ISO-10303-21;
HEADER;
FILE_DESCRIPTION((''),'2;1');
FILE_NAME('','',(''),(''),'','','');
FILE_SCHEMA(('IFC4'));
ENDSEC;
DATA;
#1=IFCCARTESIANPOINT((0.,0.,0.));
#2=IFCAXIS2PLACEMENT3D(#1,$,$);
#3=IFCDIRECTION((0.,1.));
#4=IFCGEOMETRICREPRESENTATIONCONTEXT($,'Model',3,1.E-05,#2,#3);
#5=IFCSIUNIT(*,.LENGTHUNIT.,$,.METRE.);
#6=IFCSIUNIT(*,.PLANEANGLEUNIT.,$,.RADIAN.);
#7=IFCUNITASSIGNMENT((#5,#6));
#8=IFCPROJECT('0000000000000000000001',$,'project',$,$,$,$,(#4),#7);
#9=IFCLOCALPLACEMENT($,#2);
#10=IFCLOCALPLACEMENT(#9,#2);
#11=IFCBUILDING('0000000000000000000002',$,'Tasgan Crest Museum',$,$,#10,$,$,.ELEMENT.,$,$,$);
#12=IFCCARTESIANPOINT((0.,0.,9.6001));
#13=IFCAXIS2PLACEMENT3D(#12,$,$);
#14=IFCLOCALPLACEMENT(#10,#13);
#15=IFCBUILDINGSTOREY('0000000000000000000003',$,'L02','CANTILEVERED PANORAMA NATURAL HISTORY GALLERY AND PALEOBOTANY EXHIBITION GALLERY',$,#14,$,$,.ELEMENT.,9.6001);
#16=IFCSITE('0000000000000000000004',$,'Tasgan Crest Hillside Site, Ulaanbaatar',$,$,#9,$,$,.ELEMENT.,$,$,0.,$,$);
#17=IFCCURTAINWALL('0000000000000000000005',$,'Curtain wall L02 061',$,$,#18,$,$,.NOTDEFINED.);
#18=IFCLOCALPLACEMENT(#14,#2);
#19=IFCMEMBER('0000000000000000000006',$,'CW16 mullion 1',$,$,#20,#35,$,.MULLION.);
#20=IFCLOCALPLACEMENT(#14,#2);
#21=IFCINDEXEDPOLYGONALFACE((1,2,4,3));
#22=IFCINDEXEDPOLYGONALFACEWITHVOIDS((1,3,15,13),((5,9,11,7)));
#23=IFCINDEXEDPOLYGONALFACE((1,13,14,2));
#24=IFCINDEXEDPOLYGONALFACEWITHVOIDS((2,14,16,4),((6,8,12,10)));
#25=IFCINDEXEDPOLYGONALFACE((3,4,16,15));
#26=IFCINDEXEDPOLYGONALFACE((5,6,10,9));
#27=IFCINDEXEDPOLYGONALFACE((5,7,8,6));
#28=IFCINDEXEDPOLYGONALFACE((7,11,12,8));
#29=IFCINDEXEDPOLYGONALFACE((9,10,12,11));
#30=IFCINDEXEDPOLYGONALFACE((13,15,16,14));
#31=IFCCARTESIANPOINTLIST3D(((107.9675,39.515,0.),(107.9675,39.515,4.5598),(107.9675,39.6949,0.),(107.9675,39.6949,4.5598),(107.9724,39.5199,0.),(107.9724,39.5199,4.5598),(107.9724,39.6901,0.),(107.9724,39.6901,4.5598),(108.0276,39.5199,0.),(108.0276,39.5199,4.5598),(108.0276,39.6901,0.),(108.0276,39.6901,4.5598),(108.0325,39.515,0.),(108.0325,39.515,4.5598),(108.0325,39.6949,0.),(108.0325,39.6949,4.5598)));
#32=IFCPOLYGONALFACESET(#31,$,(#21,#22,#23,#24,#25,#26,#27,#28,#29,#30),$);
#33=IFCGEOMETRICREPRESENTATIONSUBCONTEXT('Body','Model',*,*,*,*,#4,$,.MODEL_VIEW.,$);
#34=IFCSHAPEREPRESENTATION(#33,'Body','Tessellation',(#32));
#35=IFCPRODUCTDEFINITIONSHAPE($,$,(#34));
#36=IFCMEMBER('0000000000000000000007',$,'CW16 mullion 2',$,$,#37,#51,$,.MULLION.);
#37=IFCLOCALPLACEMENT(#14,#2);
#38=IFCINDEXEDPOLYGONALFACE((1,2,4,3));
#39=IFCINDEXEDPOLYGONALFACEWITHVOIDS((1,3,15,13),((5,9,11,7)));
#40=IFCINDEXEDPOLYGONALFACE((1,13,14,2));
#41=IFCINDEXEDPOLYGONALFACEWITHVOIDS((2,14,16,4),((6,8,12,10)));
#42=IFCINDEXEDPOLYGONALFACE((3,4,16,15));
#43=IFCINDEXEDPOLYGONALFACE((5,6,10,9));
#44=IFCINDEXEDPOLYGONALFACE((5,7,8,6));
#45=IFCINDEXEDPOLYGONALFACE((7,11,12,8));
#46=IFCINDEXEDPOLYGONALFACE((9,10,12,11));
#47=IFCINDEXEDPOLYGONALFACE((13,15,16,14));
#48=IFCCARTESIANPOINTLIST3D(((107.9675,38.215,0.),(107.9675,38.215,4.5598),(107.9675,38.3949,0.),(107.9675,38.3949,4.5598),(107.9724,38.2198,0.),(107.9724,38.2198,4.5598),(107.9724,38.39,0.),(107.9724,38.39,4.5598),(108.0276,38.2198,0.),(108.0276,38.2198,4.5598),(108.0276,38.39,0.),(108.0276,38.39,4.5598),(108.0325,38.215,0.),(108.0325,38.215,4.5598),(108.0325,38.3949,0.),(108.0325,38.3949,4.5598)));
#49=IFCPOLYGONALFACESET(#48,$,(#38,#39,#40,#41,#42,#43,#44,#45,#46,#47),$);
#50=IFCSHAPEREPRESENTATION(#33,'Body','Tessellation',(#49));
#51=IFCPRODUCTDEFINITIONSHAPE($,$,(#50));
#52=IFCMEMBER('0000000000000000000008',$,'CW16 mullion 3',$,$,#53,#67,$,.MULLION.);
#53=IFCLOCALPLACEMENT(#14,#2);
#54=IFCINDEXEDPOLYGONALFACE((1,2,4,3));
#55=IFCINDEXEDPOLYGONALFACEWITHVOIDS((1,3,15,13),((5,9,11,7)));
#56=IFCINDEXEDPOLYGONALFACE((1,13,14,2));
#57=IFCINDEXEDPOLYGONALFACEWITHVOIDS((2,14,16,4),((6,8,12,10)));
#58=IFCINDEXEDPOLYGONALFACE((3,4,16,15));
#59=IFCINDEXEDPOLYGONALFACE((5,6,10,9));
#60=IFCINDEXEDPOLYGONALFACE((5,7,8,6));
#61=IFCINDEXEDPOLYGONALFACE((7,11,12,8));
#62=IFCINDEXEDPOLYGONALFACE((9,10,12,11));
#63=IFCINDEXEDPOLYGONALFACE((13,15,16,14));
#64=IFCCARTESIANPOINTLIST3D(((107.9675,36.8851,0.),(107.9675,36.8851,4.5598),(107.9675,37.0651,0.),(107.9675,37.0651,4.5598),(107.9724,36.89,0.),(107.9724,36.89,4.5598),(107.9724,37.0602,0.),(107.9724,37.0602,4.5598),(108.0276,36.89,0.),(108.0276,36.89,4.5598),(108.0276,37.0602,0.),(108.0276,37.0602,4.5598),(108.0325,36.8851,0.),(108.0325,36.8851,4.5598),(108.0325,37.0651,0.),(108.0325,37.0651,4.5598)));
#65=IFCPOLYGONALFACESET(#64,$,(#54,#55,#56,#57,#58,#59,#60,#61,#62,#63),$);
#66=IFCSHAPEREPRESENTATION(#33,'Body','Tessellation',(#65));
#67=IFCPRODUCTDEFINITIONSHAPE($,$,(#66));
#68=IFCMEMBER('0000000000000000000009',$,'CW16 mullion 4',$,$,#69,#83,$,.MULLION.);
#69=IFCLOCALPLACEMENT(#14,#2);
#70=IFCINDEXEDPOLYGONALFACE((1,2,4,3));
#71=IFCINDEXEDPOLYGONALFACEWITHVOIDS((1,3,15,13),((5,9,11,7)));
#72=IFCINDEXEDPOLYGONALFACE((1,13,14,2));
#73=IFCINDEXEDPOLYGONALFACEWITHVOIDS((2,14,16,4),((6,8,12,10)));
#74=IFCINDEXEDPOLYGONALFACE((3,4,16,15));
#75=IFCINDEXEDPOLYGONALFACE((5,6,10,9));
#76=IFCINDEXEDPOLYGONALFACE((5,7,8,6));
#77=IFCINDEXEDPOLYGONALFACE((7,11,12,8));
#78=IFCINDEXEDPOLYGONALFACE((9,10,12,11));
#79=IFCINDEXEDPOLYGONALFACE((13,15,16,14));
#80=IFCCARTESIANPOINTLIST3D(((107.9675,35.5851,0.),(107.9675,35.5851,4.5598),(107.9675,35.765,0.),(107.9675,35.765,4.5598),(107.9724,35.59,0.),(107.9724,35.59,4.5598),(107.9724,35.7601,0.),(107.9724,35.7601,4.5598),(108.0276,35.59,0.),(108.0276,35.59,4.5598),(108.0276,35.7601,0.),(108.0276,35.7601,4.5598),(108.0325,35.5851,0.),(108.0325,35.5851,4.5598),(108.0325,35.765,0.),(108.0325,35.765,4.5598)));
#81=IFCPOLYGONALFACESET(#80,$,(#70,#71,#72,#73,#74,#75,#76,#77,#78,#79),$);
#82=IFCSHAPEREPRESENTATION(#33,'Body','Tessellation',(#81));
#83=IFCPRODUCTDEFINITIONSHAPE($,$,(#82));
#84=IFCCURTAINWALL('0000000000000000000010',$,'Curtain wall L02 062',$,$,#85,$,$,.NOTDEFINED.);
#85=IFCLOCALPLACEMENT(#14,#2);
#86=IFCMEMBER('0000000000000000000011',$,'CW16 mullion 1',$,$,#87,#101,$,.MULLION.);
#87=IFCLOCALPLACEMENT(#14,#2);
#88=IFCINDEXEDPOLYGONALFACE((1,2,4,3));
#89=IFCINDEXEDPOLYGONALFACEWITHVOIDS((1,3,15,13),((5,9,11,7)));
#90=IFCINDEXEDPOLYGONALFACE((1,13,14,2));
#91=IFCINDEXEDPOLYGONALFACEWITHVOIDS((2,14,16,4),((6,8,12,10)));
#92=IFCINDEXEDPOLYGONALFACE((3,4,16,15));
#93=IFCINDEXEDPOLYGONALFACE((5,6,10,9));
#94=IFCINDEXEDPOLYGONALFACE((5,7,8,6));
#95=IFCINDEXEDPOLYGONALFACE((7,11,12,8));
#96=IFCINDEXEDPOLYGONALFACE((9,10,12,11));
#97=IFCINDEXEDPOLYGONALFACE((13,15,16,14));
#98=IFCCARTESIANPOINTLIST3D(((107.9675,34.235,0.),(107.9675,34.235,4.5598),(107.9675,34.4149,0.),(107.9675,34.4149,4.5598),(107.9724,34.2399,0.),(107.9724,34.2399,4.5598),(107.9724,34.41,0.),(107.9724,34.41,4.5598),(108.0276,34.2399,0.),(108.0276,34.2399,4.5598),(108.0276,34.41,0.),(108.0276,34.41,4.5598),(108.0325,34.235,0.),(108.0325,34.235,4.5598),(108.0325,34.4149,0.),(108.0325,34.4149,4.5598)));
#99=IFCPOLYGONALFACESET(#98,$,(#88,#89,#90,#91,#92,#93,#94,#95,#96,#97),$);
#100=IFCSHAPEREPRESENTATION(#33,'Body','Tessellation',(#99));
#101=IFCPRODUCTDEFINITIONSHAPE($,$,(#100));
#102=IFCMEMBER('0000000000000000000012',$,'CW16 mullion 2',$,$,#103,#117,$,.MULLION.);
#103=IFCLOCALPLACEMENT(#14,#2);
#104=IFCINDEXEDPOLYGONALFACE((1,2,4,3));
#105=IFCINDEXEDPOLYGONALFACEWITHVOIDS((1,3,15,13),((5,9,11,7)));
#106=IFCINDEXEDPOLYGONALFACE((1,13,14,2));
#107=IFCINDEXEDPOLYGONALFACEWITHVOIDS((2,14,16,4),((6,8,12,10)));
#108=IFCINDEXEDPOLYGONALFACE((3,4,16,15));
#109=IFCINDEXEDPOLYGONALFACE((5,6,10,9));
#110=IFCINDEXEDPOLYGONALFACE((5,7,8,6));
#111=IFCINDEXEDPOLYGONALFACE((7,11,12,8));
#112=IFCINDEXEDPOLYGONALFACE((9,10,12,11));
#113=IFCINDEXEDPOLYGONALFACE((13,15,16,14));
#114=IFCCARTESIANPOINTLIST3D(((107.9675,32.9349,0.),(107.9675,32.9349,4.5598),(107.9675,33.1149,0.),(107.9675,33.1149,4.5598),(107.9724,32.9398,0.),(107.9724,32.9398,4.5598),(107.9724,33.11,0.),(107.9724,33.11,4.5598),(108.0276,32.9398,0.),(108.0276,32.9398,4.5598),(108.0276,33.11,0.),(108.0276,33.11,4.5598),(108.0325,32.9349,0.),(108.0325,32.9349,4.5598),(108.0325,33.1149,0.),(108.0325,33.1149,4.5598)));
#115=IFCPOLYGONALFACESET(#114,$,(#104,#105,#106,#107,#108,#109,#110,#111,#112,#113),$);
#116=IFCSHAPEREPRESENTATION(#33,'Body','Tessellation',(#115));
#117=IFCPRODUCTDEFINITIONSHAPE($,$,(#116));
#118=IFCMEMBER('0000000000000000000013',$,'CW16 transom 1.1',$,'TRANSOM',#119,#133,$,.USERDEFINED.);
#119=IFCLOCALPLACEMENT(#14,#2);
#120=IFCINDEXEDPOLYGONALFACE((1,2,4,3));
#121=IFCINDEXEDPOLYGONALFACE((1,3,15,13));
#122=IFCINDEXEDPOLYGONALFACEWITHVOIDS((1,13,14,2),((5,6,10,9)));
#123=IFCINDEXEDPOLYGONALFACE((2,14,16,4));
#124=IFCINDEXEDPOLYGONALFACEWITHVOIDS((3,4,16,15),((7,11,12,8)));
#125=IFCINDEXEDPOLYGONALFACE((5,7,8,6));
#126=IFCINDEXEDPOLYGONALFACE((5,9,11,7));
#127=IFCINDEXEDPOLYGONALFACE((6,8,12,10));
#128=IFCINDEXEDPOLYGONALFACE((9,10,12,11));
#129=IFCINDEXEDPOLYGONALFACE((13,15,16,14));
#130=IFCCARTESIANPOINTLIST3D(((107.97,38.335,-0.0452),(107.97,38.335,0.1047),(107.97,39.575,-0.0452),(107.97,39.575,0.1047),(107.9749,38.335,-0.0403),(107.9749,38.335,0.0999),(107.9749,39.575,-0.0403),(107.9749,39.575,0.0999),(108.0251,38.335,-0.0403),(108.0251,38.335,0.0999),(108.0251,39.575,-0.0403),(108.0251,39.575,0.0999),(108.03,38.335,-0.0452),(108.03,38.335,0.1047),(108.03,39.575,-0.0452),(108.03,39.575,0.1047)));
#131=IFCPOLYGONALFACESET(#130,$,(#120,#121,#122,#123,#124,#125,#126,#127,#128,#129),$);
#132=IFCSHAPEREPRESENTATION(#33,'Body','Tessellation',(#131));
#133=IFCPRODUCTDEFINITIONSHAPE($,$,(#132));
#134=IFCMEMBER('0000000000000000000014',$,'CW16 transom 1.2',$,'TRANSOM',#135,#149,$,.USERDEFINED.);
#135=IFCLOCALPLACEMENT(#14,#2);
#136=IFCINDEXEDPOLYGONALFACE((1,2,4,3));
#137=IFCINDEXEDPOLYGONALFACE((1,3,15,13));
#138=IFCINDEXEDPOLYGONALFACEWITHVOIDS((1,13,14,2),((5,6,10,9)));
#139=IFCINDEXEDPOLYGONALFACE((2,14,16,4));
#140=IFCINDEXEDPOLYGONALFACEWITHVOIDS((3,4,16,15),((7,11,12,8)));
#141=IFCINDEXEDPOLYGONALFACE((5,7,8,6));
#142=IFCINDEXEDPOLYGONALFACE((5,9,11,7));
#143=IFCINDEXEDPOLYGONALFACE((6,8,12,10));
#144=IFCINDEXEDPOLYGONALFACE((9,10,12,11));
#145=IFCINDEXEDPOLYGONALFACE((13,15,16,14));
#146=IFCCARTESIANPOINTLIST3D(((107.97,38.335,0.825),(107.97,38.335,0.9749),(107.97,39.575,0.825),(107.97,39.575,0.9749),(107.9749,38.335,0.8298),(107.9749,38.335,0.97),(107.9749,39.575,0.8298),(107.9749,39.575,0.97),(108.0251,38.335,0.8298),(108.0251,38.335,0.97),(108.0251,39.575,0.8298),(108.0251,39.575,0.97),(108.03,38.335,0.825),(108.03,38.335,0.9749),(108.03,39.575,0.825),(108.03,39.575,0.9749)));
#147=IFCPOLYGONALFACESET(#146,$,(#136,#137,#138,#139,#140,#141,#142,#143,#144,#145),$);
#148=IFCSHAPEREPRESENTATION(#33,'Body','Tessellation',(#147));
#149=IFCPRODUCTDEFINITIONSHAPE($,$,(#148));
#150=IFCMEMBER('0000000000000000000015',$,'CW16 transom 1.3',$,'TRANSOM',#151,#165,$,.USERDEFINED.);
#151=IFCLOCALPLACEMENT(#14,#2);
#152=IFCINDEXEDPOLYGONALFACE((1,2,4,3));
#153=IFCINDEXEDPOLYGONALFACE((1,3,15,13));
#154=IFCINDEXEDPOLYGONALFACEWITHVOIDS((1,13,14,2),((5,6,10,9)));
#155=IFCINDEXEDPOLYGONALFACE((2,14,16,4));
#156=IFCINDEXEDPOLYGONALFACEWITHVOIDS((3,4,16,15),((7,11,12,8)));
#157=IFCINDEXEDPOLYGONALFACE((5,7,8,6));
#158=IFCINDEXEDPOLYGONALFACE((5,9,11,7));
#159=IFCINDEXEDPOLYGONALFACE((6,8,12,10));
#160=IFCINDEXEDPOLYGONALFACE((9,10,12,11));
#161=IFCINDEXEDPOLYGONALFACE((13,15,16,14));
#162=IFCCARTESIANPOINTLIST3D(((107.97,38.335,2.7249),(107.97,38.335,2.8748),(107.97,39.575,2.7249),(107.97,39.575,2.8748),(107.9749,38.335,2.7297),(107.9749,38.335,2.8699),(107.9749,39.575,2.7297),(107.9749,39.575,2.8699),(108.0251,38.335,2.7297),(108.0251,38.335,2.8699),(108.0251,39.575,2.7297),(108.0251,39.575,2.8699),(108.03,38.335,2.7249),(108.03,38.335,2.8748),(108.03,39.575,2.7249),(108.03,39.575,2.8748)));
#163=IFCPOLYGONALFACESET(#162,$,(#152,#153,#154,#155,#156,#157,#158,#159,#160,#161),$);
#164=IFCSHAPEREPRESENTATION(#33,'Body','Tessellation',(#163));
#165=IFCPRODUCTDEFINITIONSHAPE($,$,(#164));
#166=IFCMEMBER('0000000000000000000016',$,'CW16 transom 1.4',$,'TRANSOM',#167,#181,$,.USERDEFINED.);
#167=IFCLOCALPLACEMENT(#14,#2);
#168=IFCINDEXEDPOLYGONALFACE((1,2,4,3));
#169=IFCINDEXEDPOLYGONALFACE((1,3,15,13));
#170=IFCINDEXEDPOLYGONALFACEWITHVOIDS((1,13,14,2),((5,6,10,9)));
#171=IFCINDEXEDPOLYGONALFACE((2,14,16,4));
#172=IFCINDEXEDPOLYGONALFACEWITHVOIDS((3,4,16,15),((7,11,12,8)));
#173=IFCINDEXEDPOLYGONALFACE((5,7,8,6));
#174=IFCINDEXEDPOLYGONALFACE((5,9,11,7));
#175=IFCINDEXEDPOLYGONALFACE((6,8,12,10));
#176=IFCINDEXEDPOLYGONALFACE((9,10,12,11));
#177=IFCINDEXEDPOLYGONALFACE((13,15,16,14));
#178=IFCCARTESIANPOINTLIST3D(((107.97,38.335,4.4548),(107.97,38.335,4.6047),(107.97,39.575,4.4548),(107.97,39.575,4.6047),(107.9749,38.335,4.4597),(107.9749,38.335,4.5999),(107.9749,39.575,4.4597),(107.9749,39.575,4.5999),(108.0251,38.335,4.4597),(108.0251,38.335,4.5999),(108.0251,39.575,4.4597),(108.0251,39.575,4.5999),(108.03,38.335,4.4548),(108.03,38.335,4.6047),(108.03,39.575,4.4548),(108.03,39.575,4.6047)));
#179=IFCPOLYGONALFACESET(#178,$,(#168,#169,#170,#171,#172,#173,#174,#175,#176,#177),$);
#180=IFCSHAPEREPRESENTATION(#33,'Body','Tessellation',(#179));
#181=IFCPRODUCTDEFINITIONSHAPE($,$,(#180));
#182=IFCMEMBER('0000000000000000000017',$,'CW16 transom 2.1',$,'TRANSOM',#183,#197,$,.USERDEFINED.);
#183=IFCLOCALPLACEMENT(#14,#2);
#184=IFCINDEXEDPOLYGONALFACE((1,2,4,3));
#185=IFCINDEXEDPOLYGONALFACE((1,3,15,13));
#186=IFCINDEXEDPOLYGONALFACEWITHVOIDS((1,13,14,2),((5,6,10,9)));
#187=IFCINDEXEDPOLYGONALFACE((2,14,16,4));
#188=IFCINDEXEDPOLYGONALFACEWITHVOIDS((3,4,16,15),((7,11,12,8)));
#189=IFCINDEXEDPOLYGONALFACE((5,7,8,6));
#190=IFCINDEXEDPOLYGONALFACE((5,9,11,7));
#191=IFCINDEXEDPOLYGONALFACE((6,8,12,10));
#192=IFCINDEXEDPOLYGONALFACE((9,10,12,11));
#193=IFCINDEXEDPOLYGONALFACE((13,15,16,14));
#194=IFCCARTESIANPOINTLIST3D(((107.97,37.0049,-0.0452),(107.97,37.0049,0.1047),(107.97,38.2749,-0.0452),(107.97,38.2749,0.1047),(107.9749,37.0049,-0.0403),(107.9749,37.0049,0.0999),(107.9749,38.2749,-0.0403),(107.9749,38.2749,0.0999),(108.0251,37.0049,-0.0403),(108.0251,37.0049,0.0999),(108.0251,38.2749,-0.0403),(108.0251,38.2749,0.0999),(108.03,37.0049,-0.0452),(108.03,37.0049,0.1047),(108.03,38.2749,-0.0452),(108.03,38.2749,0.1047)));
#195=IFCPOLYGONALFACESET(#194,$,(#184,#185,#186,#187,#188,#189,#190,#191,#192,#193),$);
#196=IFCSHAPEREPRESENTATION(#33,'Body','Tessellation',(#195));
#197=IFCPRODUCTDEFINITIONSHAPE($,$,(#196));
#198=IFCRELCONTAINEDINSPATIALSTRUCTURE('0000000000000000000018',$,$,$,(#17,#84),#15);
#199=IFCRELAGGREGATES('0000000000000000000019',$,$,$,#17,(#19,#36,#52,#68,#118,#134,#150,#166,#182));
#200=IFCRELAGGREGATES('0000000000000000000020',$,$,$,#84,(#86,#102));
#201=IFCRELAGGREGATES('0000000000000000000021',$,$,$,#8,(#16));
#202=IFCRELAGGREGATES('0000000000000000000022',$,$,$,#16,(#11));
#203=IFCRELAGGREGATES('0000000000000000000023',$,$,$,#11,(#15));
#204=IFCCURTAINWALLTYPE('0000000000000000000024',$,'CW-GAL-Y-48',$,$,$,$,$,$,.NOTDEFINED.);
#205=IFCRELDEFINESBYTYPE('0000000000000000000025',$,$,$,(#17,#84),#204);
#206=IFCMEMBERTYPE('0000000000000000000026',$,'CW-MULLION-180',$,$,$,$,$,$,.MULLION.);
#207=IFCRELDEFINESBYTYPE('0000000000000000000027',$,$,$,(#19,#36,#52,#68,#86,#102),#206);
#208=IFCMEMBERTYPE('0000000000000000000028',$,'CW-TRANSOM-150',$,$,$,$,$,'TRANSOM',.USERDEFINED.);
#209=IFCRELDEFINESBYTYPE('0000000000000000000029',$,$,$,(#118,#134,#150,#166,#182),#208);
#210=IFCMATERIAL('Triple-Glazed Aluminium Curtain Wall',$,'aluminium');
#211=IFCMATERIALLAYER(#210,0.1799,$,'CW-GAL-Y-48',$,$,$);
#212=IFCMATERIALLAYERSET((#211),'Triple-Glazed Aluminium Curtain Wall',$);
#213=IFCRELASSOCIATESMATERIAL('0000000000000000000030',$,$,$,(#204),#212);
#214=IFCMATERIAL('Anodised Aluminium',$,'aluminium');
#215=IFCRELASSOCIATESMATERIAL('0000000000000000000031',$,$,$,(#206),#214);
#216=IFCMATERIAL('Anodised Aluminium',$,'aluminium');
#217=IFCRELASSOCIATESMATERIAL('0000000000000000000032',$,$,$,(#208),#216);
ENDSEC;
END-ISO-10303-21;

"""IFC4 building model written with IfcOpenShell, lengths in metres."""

from ifc_helpers import new_model, si_unit, direction, frame, origin, origin_2d, place, context, subcontext, project, spatial, hollow_rectangle, extrude, material, layer, layer_set, material_profile, profile_set, type_object, element, aggregate, save


model = new_model("IFC4")

# Units and contexts
model_context = context("Model", 3, precision=1e-05, world=origin(), true_north=direction((0.0, 1.0)))
body_context = subcontext(model_context, "Body", "Model", "MODEL_VIEW")
ifc_project = project(units=[si_unit("LENGTHUNIT", "METRE"), si_unit("PLANEANGLEUNIT", "RADIAN")], contexts=[model_context])

# Site, building, storey
site_placement = place(None, origin())
site = spatial("IfcSite", under=ifc_project, at=site_placement, Name="Tasgan Crest Hillside Site, Ulaanbaatar", CompositionType="ELEMENT", RefElevation=0.0)
building_placement = place(site_placement, origin())
building = spatial("IfcBuilding", under=site, at=building_placement, Name="Tasgan Crest Museum", CompositionType="ELEMENT")
storey_placement = place(building_placement, frame((0.0, 0.0, 9.6001)))
storey = spatial("IfcBuildingStorey", under=building, at=storey_placement, Name="L02", Description="CANTILEVERED PANORAMA NATURAL HISTORY GALLERY AND PALEOBOTANY EXHIBITION GALLERY", CompositionType="ELEMENT", Elevation=9.6001)

# Curtain walls, members
ifc_material_1 = material(Name="Triple-Glazed Aluminium Curtain Wall", Category="aluminium")
ifc_layer_1 = layer(ifc_material_1, 0.1799, Name="CW-GAL-Y-48")
ifc_layer_set_1 = layer_set([ifc_layer_1], Name="Triple-Glazed Aluminium Curtain Wall")
curtain_wall_type = type_object("IfcCurtainWallType", Name="CW-GAL-Y-48", PredefinedType="NOTDEFINED", material=ifc_layer_set_1)
curtain_wall_1_placement = place(storey_placement, origin())
curtain_wall_1 = element("IfcCurtainWall", 1, at=curtain_wall_1_placement, inside=storey, type_object=curtain_wall_type, Name="Curtain wall L02 061", PredefinedType="NOTDEFINED")
ifc_material_2 = material(Name="Anodised Aluminium", Category="aluminium")
ifc_material_profile_1 = material_profile(ifc_material_2, hollow_rectangle(XDim=0.0649, YDim=0.1799, WallThickness=0.0049, at=origin_2d()), Name="ALU MULLION 180x65x5")
ifc_profile_set_1 = profile_set([ifc_material_profile_1], Name="Anodised Aluminium")
member_type_1 = type_object("IfcMemberType", Name="CW-MULLION-180", PredefinedType="MULLION", material=ifc_profile_set_1)
member_1_placement = place(storey_placement, frame((108.0, 39.605, 0.0), z_axis=(0.0, 0.0, 1.0), x_axis=(1.0, 0.0, 0.0)))
member_1 = element("IfcMember", 2, at=member_1_placement, type_object=member_type_1, Name="CW16 mullion 1", PredefinedType="MULLION", context=body_context, shape_type="SweptSolid", body=[
    extrude(hollow_rectangle(XDim=0.0649, YDim=0.1799, WallThickness=0.0049, at=origin_2d()), origin(), (0.0, 0.0, 1.0), 4.5598),
])
member_2_placement = place(storey_placement, frame((108.0, 38.3049, 0.0), z_axis=(0.0, 0.0, 1.0), x_axis=(1.0, 0.0, 0.0)))
member_2 = element("IfcMember", 3, at=member_2_placement, type_object=member_type_1, Name="CW16 mullion 2", PredefinedType="MULLION", context=body_context, shape_type="SweptSolid", body=[
    extrude(hollow_rectangle(XDim=0.0649, YDim=0.1799, WallThickness=0.0049, at=origin_2d()), origin(), (0.0, 0.0, 1.0), 4.5598),
])
member_3_placement = place(storey_placement, frame((108.0, 36.9751, 0.0), z_axis=(0.0, 0.0, 1.0), x_axis=(1.0, 0.0, 0.0)))
member_3 = element("IfcMember", 4, at=member_3_placement, type_object=member_type_1, Name="CW16 mullion 3", PredefinedType="MULLION", context=body_context, shape_type="SweptSolid", body=[
    extrude(hollow_rectangle(XDim=0.0649, YDim=0.1799, WallThickness=0.0049, at=origin_2d()), origin(), (0.0, 0.0, 1.0), 4.5598),
])
member_4_placement = place(storey_placement, frame((108.0, 35.675, 0.0), z_axis=(0.0, 0.0, 1.0), x_axis=(1.0, 0.0, 0.0)))
member_4 = element("IfcMember", 5, at=member_4_placement, type_object=member_type_1, Name="CW16 mullion 4", PredefinedType="MULLION", context=body_context, shape_type="SweptSolid", body=[
    extrude(hollow_rectangle(XDim=0.0649, YDim=0.1799, WallThickness=0.0049, at=origin_2d()), origin(), (0.0, 0.0, 1.0), 4.5598),
])
curtain_wall_2_placement = place(storey_placement, origin())
curtain_wall_2 = element("IfcCurtainWall", 6, at=curtain_wall_2_placement, inside=storey, type_object=curtain_wall_type, Name="Curtain wall L02 062", PredefinedType="NOTDEFINED")
member_5_placement = place(storey_placement, frame((108.0, 34.325, 0.0), z_axis=(0.0, 0.0, 1.0), x_axis=(1.0, 0.0, 0.0)))
member_5 = element("IfcMember", 7, at=member_5_placement, type_object=member_type_1, Name="CW16 mullion 1", PredefinedType="MULLION", context=body_context, shape_type="SweptSolid", body=[
    extrude(hollow_rectangle(XDim=0.0649, YDim=0.1799, WallThickness=0.0049, at=origin_2d()), origin(), (0.0, 0.0, 1.0), 4.5598),
])
member_6_placement = place(storey_placement, frame((108.0, 33.0249, 0.0), z_axis=(0.0, 0.0, 1.0), x_axis=(1.0, 0.0, 0.0)))
member_6 = element("IfcMember", 8, at=member_6_placement, type_object=member_type_1, Name="CW16 mullion 2", PredefinedType="MULLION", context=body_context, shape_type="SweptSolid", body=[
    extrude(hollow_rectangle(XDim=0.0649, YDim=0.1799, WallThickness=0.0049, at=origin_2d()), origin(), (0.0, 0.0, 1.0), 4.5598),
])

# Members
ifc_material_3 = material(Name="Anodised Aluminium", Category="aluminium")
ifc_material_profile_2 = material_profile(ifc_material_3, hollow_rectangle(XDim=0.0601, YDim=0.1499, WallThickness=0.0049, at=origin_2d()), Name="ALU TRANSOM 150x60x5")
ifc_profile_set_2 = profile_set([ifc_material_profile_2], Name="Anodised Aluminium")
member_type_2 = type_object("IfcMemberType", Name="CW-TRANSOM-150", ElementType="TRANSOM", PredefinedType="USERDEFINED", material=ifc_profile_set_2)
member_7_placement = place(storey_placement, frame((108.0, 39.575, 0.0298), z_axis=(0.0, -1.0, 0.0), x_axis=(1.0, 0.0, 0.0)))
member_7 = element("IfcMember", 9, at=member_7_placement, type_object=member_type_2, Name="CW16 transom 1.1", ObjectType="TRANSOM", PredefinedType="USERDEFINED", context=body_context, shape_type="SweptSolid", body=[
    extrude(hollow_rectangle(XDim=0.0601, YDim=0.1499, WallThickness=0.0049, at=origin_2d()), origin(), (0.0, 0.0, 1.0), 1.24),
])
member_8_placement = place(storey_placement, frame((108.0, 39.575, 0.8999), z_axis=(0.0, -1.0, 0.0), x_axis=(1.0, 0.0, 0.0)))
member_8 = element("IfcMember", 10, at=member_8_placement, type_object=member_type_2, Name="CW16 transom 1.2", ObjectType="TRANSOM", PredefinedType="USERDEFINED", context=body_context, shape_type="SweptSolid", body=[
    extrude(hollow_rectangle(XDim=0.0601, YDim=0.1499, WallThickness=0.0049, at=origin_2d()), origin(), (0.0, 0.0, 1.0), 1.24),
])
member_9_placement = place(storey_placement, frame((108.0, 39.575, 2.7998), z_axis=(0.0, -1.0, 0.0), x_axis=(1.0, 0.0, 0.0)))
member_9 = element("IfcMember", 11, at=member_9_placement, type_object=member_type_2, Name="CW16 transom 1.3", ObjectType="TRANSOM", PredefinedType="USERDEFINED", context=body_context, shape_type="SweptSolid", body=[
    extrude(hollow_rectangle(XDim=0.0601, YDim=0.1499, WallThickness=0.0049, at=origin_2d()), origin(), (0.0, 0.0, 1.0), 1.24),
])
member_10_placement = place(storey_placement, frame((108.0, 39.575, 4.5298), z_axis=(0.0, -1.0, 0.0), x_axis=(1.0, 0.0, 0.0)))
member_10 = element("IfcMember", 12, at=member_10_placement, type_object=member_type_2, Name="CW16 transom 1.4", ObjectType="TRANSOM", PredefinedType="USERDEFINED", context=body_context, shape_type="SweptSolid", body=[
    extrude(hollow_rectangle(XDim=0.0601, YDim=0.1499, WallThickness=0.0049, at=origin_2d()), origin(), (0.0, 0.0, 1.0), 1.24),
])
member_11_placement = place(storey_placement, frame((108.0, 38.2749, 0.0298), z_axis=(0.0, -1.0, 0.0), x_axis=(1.0, 0.0, 0.0)))
member_11 = element("IfcMember", 13, at=member_11_placement, type_object=member_type_2, Name="CW16 transom 2.1", ObjectType="TRANSOM", PredefinedType="USERDEFINED", context=body_context, shape_type="SweptSolid", body=[
    extrude(hollow_rectangle(XDim=0.0601, YDim=0.1499, WallThickness=0.0049, at=origin_2d()), origin(), (0.0, 0.0, 1.0), 1.27),
])

aggregate(curtain_wall_1, [member_1, member_2, member_3, member_4, member_7, member_8, member_9, member_10, member_11])
aggregate(curtain_wall_2, [member_5, member_6])

save(model, "model.ifc")
